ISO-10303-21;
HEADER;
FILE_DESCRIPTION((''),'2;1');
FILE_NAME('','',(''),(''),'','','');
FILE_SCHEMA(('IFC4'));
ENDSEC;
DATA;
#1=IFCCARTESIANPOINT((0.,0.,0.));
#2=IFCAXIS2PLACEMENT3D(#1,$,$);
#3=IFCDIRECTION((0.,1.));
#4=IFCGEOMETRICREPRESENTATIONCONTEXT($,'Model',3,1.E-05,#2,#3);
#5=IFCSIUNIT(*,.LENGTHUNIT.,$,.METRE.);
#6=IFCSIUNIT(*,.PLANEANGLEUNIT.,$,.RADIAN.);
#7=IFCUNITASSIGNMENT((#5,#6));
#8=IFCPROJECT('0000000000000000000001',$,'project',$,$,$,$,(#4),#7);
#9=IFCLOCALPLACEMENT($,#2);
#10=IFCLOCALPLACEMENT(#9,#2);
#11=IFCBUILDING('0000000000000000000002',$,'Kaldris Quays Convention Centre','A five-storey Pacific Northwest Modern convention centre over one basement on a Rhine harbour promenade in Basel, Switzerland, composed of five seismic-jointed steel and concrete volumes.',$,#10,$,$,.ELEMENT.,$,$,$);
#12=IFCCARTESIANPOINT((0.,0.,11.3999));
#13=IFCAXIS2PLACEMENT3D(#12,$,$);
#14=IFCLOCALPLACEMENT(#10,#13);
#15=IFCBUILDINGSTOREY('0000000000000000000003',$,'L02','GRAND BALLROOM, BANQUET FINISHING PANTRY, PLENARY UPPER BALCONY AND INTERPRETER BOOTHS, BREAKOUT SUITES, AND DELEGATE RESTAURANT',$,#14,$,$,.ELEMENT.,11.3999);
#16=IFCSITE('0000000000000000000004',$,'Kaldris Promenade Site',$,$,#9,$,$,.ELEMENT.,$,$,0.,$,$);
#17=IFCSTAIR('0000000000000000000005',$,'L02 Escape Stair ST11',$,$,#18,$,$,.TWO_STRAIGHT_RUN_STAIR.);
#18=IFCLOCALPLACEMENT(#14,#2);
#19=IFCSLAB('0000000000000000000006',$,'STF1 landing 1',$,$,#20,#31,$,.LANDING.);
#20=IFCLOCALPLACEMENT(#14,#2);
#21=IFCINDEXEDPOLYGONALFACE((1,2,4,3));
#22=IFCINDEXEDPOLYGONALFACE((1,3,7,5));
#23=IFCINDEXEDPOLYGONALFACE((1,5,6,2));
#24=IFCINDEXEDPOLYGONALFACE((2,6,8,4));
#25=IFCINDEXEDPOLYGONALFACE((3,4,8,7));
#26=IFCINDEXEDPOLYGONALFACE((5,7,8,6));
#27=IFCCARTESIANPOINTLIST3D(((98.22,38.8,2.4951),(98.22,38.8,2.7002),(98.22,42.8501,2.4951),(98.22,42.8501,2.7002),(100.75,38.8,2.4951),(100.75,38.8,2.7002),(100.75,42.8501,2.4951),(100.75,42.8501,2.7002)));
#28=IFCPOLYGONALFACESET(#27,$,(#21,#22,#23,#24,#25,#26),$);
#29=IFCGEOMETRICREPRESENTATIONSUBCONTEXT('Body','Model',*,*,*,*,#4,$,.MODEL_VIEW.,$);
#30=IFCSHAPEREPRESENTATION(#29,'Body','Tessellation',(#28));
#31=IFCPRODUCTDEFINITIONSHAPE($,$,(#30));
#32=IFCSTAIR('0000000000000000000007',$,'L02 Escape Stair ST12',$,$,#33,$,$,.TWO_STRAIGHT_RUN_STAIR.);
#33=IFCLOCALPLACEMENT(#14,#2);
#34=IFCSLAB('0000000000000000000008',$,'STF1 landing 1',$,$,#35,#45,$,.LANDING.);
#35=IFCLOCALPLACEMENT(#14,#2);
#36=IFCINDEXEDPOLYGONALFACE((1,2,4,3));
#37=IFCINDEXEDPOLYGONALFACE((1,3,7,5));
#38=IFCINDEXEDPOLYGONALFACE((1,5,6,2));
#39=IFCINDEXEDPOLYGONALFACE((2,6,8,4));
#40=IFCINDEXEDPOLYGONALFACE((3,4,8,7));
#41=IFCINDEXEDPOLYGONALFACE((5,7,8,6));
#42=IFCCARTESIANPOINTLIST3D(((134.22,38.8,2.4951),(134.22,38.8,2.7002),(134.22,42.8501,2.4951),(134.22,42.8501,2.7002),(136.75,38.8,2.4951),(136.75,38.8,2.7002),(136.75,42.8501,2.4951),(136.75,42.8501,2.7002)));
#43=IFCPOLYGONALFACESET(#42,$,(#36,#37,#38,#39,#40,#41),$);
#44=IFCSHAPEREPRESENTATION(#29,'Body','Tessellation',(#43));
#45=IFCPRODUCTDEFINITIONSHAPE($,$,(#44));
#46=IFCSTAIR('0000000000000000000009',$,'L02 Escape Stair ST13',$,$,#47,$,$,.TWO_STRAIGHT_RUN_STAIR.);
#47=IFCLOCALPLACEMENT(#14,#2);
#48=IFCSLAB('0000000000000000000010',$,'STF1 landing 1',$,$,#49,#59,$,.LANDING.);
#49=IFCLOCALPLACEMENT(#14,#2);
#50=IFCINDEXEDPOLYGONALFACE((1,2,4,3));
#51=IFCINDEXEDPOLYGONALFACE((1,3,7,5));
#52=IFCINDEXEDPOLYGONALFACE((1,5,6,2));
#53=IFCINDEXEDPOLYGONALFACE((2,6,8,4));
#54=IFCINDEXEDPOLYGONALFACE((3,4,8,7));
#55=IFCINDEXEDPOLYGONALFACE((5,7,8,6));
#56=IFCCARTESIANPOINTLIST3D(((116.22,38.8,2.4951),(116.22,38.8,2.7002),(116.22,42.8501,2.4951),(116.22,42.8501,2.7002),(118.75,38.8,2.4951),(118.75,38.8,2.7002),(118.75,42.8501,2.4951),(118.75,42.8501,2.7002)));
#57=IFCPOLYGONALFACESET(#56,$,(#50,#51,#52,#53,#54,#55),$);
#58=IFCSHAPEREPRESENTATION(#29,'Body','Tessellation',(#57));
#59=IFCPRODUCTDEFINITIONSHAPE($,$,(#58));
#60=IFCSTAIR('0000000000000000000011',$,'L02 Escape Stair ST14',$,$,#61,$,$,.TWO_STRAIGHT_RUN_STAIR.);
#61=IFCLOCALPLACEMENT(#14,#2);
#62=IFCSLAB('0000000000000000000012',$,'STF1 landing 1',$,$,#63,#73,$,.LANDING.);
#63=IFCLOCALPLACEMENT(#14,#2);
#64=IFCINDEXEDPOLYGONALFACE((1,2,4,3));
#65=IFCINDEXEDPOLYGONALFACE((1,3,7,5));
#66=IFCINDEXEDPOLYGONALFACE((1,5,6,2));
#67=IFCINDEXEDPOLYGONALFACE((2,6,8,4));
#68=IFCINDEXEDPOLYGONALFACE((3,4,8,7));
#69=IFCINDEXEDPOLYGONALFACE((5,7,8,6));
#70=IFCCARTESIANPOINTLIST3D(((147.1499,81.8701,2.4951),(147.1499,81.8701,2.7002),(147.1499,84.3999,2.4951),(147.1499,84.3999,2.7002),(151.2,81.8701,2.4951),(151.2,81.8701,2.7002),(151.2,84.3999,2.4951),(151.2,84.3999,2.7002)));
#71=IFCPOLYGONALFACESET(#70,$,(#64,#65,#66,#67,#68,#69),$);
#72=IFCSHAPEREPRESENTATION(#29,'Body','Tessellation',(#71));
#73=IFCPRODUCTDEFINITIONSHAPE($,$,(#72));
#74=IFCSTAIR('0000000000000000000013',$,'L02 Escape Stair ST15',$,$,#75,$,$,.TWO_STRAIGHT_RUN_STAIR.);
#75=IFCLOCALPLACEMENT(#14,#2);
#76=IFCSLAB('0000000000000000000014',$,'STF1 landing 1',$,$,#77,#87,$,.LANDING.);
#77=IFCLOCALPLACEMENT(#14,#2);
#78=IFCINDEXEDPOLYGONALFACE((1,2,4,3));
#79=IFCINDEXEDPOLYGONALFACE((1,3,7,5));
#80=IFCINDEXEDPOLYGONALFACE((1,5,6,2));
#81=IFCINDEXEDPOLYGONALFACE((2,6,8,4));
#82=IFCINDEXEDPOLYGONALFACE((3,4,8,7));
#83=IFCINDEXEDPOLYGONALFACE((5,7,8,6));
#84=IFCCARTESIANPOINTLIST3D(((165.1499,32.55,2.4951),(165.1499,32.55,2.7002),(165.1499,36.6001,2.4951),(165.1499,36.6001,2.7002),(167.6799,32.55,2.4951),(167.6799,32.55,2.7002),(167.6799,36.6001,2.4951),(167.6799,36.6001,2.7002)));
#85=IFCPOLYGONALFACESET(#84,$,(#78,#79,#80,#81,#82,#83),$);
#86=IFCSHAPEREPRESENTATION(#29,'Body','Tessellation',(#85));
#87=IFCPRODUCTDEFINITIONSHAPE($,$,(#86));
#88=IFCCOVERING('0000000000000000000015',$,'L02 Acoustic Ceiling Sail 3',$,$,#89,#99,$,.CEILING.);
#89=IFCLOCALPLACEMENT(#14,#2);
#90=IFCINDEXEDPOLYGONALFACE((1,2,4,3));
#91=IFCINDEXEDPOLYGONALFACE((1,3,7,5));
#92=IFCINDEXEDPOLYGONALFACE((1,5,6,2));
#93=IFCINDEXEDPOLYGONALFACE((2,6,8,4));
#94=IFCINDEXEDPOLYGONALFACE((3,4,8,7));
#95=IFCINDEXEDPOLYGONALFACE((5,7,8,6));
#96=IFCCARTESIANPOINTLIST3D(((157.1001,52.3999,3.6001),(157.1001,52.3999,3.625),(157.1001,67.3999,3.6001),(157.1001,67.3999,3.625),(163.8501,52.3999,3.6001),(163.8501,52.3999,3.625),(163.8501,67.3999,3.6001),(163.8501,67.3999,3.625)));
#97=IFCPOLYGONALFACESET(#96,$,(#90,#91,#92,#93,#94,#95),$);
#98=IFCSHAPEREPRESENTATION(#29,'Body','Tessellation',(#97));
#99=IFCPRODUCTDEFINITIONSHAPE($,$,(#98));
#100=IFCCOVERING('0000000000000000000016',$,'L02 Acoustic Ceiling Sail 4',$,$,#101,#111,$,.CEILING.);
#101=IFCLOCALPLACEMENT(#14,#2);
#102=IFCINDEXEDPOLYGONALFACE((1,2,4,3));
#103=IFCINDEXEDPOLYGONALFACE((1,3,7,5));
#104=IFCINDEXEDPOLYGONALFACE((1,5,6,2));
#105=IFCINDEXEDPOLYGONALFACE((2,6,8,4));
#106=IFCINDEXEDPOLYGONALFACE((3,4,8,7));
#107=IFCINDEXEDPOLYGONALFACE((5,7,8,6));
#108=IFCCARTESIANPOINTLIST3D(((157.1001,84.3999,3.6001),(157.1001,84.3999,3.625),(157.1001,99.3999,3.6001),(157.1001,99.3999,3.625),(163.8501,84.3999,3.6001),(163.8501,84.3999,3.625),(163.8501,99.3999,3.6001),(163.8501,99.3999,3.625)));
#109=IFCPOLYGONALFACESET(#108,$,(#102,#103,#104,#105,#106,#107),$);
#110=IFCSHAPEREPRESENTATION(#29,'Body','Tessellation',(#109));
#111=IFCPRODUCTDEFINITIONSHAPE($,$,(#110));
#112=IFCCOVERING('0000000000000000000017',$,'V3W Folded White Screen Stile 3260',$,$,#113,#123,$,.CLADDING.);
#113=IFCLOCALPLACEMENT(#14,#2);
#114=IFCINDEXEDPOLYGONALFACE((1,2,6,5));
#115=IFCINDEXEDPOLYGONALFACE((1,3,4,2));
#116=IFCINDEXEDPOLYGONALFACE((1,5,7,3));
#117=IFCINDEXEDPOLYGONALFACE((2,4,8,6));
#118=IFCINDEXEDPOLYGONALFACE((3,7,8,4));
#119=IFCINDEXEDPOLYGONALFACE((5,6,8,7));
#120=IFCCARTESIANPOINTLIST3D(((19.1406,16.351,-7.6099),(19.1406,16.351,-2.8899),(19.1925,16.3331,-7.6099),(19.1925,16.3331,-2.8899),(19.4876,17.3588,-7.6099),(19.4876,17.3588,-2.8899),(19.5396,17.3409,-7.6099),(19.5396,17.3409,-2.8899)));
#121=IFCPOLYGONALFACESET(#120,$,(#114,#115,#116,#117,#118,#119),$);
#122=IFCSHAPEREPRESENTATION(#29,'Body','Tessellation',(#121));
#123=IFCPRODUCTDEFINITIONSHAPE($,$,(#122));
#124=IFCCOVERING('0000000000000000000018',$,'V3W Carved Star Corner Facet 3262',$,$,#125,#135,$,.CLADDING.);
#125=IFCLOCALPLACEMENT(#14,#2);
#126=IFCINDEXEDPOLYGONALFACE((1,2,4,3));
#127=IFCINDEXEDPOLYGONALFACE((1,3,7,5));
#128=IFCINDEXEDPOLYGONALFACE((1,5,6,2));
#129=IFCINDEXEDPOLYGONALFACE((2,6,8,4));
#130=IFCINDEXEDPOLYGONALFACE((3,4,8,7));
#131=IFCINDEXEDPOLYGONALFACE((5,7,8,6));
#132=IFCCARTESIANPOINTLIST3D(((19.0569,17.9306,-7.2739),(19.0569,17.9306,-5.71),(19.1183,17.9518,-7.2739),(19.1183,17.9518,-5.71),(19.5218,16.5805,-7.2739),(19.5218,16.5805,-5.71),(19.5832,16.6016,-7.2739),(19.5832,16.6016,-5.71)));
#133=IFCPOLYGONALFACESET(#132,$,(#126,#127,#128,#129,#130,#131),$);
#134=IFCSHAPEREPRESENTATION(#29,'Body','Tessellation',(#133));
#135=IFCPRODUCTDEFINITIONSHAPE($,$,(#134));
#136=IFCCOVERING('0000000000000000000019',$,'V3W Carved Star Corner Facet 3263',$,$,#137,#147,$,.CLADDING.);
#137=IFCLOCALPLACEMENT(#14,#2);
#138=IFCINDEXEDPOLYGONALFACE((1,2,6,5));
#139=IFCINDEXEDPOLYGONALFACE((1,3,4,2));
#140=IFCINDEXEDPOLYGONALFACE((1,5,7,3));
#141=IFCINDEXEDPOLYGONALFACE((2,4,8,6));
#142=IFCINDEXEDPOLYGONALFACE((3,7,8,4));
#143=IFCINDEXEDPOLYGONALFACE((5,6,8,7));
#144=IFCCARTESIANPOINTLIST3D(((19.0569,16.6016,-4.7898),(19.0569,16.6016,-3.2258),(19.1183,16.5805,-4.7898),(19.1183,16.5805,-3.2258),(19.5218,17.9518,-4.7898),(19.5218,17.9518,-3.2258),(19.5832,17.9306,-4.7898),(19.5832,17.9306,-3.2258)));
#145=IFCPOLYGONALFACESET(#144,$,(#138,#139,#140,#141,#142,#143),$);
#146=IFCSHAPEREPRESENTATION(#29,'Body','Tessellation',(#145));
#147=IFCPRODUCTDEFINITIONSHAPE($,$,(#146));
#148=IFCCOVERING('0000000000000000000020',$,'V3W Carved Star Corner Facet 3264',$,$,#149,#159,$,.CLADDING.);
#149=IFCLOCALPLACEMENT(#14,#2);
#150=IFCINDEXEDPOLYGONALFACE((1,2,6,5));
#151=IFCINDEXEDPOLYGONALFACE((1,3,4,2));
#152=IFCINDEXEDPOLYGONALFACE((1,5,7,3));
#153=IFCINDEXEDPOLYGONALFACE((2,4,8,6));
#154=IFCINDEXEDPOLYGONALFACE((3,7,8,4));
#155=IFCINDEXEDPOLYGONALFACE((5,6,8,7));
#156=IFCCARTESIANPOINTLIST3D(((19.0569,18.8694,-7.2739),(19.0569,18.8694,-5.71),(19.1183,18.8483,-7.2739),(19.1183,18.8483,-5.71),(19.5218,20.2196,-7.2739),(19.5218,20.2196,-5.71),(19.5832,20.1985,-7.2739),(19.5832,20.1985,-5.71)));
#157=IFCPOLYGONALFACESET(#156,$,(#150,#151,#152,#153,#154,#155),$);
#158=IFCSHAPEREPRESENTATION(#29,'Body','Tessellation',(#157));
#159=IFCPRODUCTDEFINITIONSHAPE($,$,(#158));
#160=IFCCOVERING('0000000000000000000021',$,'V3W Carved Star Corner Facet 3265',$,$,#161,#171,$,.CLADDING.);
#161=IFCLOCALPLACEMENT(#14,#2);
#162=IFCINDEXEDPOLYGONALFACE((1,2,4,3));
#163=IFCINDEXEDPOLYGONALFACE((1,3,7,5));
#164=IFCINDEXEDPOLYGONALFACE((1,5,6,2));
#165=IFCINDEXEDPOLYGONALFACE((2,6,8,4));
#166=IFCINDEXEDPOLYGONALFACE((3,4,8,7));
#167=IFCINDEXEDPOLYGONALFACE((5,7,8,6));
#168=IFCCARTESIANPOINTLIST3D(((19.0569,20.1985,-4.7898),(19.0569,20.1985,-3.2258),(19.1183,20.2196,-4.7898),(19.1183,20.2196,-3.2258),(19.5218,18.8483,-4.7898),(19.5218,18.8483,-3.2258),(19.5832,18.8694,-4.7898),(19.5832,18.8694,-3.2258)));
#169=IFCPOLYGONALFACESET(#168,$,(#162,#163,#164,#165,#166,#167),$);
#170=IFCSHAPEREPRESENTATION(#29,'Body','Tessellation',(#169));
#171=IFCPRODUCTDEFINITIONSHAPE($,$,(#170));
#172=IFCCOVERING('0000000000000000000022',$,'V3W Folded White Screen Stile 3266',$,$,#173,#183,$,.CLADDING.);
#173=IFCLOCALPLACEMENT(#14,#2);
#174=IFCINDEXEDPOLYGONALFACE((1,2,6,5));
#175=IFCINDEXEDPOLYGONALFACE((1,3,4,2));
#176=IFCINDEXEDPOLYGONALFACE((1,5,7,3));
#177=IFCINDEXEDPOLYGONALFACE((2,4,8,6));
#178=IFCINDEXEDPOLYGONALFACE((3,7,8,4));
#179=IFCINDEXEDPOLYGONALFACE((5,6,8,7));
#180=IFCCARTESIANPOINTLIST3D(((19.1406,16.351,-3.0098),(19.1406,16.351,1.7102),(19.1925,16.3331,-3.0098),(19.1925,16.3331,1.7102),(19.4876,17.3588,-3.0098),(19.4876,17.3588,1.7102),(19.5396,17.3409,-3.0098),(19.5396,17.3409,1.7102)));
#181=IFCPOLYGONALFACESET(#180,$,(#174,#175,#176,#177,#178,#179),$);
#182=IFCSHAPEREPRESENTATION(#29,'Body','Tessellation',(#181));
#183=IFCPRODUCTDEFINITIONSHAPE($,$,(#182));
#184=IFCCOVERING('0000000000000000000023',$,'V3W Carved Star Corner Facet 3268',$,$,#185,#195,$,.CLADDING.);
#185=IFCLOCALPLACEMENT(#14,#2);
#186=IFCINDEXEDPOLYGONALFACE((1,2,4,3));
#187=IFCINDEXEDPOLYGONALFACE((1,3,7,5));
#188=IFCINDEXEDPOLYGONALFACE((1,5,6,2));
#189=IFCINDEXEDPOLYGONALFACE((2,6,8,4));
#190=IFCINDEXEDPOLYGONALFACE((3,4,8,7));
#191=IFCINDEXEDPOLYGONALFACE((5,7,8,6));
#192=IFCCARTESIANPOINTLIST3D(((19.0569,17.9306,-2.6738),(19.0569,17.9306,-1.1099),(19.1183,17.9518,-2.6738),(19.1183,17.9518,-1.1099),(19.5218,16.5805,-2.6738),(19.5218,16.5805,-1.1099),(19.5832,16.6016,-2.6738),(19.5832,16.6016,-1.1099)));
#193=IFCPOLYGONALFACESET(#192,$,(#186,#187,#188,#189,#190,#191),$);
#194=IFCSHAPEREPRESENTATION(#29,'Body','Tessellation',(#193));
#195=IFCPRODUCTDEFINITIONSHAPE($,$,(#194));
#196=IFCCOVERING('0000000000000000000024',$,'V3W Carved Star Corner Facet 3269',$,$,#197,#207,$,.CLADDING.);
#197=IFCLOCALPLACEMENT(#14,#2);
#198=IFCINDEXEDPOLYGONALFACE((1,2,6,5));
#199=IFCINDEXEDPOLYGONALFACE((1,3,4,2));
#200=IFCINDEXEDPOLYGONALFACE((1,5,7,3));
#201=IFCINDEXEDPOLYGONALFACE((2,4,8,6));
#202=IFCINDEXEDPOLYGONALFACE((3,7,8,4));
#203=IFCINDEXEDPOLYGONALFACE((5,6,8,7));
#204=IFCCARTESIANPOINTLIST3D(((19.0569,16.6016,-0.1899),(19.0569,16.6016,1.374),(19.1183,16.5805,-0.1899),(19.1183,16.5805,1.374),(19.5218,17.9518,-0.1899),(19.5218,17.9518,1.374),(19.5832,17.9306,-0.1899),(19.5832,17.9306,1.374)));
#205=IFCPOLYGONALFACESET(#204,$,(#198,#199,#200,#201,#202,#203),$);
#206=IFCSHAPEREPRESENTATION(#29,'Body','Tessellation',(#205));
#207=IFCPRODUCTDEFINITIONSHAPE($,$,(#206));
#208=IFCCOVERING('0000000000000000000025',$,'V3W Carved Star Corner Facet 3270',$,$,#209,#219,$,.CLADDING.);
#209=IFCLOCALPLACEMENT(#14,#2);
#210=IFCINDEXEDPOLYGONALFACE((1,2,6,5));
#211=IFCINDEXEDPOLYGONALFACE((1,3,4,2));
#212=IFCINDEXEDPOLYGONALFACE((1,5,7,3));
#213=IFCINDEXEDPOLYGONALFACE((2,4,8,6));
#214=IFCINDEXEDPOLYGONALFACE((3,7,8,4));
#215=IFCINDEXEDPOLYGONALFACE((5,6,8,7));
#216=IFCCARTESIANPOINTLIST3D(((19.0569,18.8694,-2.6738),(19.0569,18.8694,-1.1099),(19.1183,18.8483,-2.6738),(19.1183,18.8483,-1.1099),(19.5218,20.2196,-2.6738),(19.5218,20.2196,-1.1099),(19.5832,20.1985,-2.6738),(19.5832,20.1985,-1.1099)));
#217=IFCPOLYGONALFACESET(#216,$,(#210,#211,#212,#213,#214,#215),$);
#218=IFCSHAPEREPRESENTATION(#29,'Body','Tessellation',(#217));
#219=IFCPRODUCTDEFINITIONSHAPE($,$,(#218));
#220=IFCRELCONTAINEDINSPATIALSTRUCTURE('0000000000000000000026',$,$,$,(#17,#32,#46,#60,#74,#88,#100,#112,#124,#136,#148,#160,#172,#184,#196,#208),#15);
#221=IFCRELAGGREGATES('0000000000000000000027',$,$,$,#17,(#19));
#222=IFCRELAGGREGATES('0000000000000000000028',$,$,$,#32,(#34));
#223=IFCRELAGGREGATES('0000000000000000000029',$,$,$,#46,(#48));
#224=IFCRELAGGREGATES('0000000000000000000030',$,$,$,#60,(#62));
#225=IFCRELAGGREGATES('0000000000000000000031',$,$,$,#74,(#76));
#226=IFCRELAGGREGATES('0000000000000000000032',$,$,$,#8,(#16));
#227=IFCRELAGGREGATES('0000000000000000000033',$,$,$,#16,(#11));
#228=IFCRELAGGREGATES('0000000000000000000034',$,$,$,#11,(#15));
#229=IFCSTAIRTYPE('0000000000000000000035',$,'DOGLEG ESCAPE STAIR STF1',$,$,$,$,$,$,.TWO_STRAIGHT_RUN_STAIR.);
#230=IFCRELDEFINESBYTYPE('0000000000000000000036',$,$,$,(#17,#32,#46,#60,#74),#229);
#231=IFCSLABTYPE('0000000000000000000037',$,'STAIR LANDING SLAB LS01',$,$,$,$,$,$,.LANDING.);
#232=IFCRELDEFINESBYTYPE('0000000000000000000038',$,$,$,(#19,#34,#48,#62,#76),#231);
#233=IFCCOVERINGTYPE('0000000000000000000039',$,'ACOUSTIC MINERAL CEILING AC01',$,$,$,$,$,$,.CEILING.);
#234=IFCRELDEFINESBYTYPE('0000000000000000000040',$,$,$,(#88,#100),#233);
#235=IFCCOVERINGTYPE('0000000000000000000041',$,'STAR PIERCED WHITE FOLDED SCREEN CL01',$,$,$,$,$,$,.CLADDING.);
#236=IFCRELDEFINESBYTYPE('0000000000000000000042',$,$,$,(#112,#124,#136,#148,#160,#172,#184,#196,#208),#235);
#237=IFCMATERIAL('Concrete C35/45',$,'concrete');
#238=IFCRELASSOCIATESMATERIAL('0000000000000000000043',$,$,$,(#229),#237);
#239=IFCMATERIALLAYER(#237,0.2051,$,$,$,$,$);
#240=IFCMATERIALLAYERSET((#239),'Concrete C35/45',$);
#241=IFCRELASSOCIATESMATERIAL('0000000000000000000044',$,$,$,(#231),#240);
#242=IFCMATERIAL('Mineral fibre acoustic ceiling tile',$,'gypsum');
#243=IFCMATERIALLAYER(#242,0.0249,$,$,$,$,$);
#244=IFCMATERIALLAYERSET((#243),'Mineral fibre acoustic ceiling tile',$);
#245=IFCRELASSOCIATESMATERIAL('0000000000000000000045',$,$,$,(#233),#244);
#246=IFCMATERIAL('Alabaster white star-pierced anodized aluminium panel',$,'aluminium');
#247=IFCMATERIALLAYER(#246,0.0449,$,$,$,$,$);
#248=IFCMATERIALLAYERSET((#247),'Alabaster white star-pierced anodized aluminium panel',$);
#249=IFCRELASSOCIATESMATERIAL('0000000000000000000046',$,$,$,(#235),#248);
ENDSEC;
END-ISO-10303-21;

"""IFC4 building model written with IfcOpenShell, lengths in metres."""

from ifc_helpers import new_model, si_unit, direction, frame, origin, origin_2d, place, context, subcontext, project, spatial, polyline, rectangle, outline, extrude, material, layer, layer_set, type_object, element, aggregate, save


model = new_model("IFC4")

# Units and contexts
model_context = context("Model", 3, precision=1e-05, world=origin(), true_north=direction((0.0, 1.0)))
body_context = subcontext(model_context, "Body", "Model", "MODEL_VIEW")
ifc_project = project(units=[si_unit("LENGTHUNIT", "METRE"), si_unit("PLANEANGLEUNIT", "RADIAN")], contexts=[model_context])

# Site, building, storey
site_placement = place(None, origin())
site = spatial("IfcSite", under=ifc_project, at=site_placement, Name="Kaldris Promenade Site", CompositionType="ELEMENT", RefElevation=0.0)
building_placement = place(site_placement, origin())
building = spatial("IfcBuilding", under=site, at=building_placement, Name="Kaldris Quays Convention Centre", Description="A five-storey Pacific Northwest Modern convention centre over one basement on a Rhine harbour promenade in Basel, Switzerland, composed of five seismic-jointed steel and concrete volumes.", CompositionType="ELEMENT")
storey_placement = place(building_placement, frame((0.0, 0.0, 11.3999)))
storey = spatial("IfcBuildingStorey", under=building, at=storey_placement, Name="L02", Description="GRAND BALLROOM, BANQUET FINISHING PANTRY, PLENARY UPPER BALCONY AND INTERPRETER BOOTHS, BREAKOUT SUITES, AND DELEGATE RESTAURANT", CompositionType="ELEMENT", Elevation=11.3999)

# Stairs, slabs
ifc_material_1 = material(Name="Concrete C35/45", Category="concrete")
stair_type = type_object("IfcStairType", Name="DOGLEG ESCAPE STAIR STF1", PredefinedType="TWO_STRAIGHT_RUN_STAIR", material=ifc_material_1)
stair_1_placement = place(storey_placement, origin())
stair_1 = element("IfcStair", 1, at=stair_1_placement, inside=storey, type_object=stair_type, Name="L02 Escape Stair ST11", PredefinedType="TWO_STRAIGHT_RUN_STAIR")
ifc_layer_1 = layer(ifc_material_1, 0.2051)
ifc_layer_set_1 = layer_set([ifc_layer_1], Name="Concrete C35/45")
slab_type = type_object("IfcSlabType", Name="STAIR LANDING SLAB LS01", PredefinedType="LANDING", material=ifc_layer_set_1)
slab_1_placement = place(storey_placement, frame((0.0, 0.0, 2.4951)))
slab_1 = element("IfcSlab", 2, at=slab_1_placement, type_object=slab_type, Name="STF1 landing 1", PredefinedType="LANDING", context=body_context, shape_type="SweptSolid", body=[
    extrude(outline(polyline([(98.22, 38.8), (100.75, 38.8), (100.75, 42.8501), (98.22, 42.8501), (98.22, 38.8)])), origin(), (0.0, 0.0, 1.0), 0.2051),
])
aggregate(stair_1, [slab_1])
stair_2_placement = place(storey_placement, origin())
stair_2 = element("IfcStair", 3, at=stair_2_placement, inside=storey, type_object=stair_type, Name="L02 Escape Stair ST12", PredefinedType="TWO_STRAIGHT_RUN_STAIR")
slab_2_placement = place(storey_placement, frame((0.0, 0.0, 2.4951)))
slab_2 = element("IfcSlab", 4, at=slab_2_placement, type_object=slab_type, Name="STF1 landing 1", PredefinedType="LANDING", context=body_context, shape_type="SweptSolid", body=[
    extrude(outline(polyline([(134.22, 38.8), (136.75, 38.8), (136.75, 42.8501), (134.22, 42.8501), (134.22, 38.8)])), origin(), (0.0, 0.0, 1.0), 0.2051),
])
aggregate(stair_2, [slab_2])
stair_3_placement = place(storey_placement, origin())
stair_3 = element("IfcStair", 5, at=stair_3_placement, inside=storey, type_object=stair_type, Name="L02 Escape Stair ST13", PredefinedType="TWO_STRAIGHT_RUN_STAIR")
slab_3_placement = place(storey_placement, frame((0.0, 0.0, 2.4951)))
slab_3 = element("IfcSlab", 6, at=slab_3_placement, type_object=slab_type, Name="STF1 landing 1", PredefinedType="LANDING", context=body_context, shape_type="SweptSolid", body=[
    extrude(outline(polyline([(116.22, 38.8), (118.75, 38.8), (118.75, 42.8501), (116.22, 42.8501), (116.22, 38.8)])), origin(), (0.0, 0.0, 1.0), 0.2051),
])
aggregate(stair_3, [slab_3])
stair_4_placement = place(storey_placement, origin())
stair_4 = element("IfcStair", 7, at=stair_4_placement, inside=storey, type_object=stair_type, Name="L02 Escape Stair ST14", PredefinedType="TWO_STRAIGHT_RUN_STAIR")
slab_4_placement = place(storey_placement, frame((0.0, 0.0, 2.4951)))
slab_4 = element("IfcSlab", 8, at=slab_4_placement, type_object=slab_type, Name="STF1 landing 1", PredefinedType="LANDING", context=body_context, shape_type="SweptSolid", body=[
    extrude(outline(polyline([(151.2, 81.8701), (151.2, 84.3999), (147.1499, 84.3999), (147.1499, 81.8701), (151.2, 81.8701)])), origin(), (0.0, 0.0, 1.0), 0.2051),
])
aggregate(stair_4, [slab_4])
stair_5_placement = place(storey_placement, origin())
stair_5 = element("IfcStair", 9, at=stair_5_placement, inside=storey, type_object=stair_type, Name="L02 Escape Stair ST15", PredefinedType="TWO_STRAIGHT_RUN_STAIR")
slab_5_placement = place(storey_placement, frame((0.0, 0.0, 2.4951)))
slab_5 = element("IfcSlab", 10, at=slab_5_placement, type_object=slab_type, Name="STF1 landing 1", PredefinedType="LANDING", context=body_context, shape_type="SweptSolid", body=[
    extrude(outline(polyline([(167.6799, 36.6001), (165.1499, 36.6001), (165.1499, 32.55), (167.6799, 32.55), (167.6799, 36.6001)])), origin(), (0.0, 0.0, 1.0), 0.2051),
])
aggregate(stair_5, [slab_5])

# Coverings
ifc_material_2 = material(Name="Mineral fibre acoustic ceiling tile", Category="gypsum")
ifc_layer_2 = layer(ifc_material_2, 0.0249)
ifc_layer_set_2 = layer_set([ifc_layer_2], Name="Mineral fibre acoustic ceiling tile")
covering_type_1 = type_object("IfcCoveringType", Name="ACOUSTIC MINERAL CEILING AC01", PredefinedType="CEILING", material=ifc_layer_set_2)
covering_1_placement = place(storey_placement, frame((0.0, 0.0, 3.6001)))
element("IfcCovering", 11, at=covering_1_placement, inside=storey, type_object=covering_type_1, Name="L02 Acoustic Ceiling Sail 3", PredefinedType="CEILING", context=body_context, shape_type="SweptSolid", body=[
    extrude(outline(polyline([(157.1001, 52.3999), (163.8501, 52.3999), (163.8501, 67.3999), (157.1001, 67.3999), (157.1001, 52.3999)])), origin(), (0.0, 0.0, 1.0), 0.0249),
])
covering_2_placement = place(storey_placement, frame((0.0, 0.0, 3.6001)))
element("IfcCovering", 12, at=covering_2_placement, inside=storey, type_object=covering_type_1, Name="L02 Acoustic Ceiling Sail 4", PredefinedType="CEILING", context=body_context, shape_type="SweptSolid", body=[
    extrude(outline(polyline([(157.1001, 84.3999), (163.8501, 84.3999), (163.8501, 99.3999), (157.1001, 99.3999), (157.1001, 84.3999)])), origin(), (0.0, 0.0, 1.0), 0.0249),
])
ifc_material_3 = material(Name="Alabaster white star-pierced anodized aluminium panel", Category="aluminium")
ifc_layer_3 = layer(ifc_material_3, 0.0449)
ifc_layer_set_3 = layer_set([ifc_layer_3], Name="Alabaster white star-pierced anodized aluminium panel")
covering_type_2 = type_object("IfcCoveringType", Name="STAR PIERCED WHITE FOLDED SCREEN CL01", PredefinedType="CLADDING", material=ifc_layer_set_3)
covering_3_placement = place(storey_placement, frame((19.3401, 16.8459, -7.6099), z_axis=(0.0, 0.0, 1.0), x_axis=(0.325568, 0.945519, 0.0)))
element("IfcCovering", 13, at=covering_3_placement, inside=storey, type_object=covering_type_2, Name="V3W Folded White Screen Stile 3260", PredefinedType="CLADDING", context=body_context, shape_type="SweptSolid", body=[
    extrude(rectangle(XDim=1.0659, YDim=0.0549, at=origin_2d()), origin(), (0.0, 0.0, 1.0), 4.72),
])
for number, where, z_axis, x_axis, name in (
    (14, (19.3201, 17.2661, -7.2739), (0.0, 0.0, 1.0), (-0.325568, 0.945519, 0.0), "V3W Carved Star Corner Facet 3262"),
    (15, (19.3201, 17.2661, -4.7898), (0.0, 0.0, 1.0), (0.325568, 0.945519, 0.0), "V3W Carved Star Corner Facet 3263"),
    (16, (19.3201, 19.5339, -7.2739), (0.0, 0.0, 1.0), (0.325568, 0.945519, 0.0), "V3W Carved Star Corner Facet 3264"),
    (17, (19.3201, 19.5339, -4.7898), (0.0, 0.0, 1.0), (-0.325568, 0.945519, 0.0), "V3W Carved Star Corner Facet 3265"),
):
    element("IfcCovering", number, at=place(storey_placement, frame(where, z_axis=z_axis, x_axis=x_axis)), inside=storey, type_object=covering_type_2, Name=name, PredefinedType="CLADDING", context=body_context, shape_type="SweptSolid", body=[
        extrude(rectangle(XDim=1.428, YDim=0.0649, at=origin_2d()), origin(), (0.0, 0.0, 1.0), 1.564),
    ])
covering_4_placement = place(storey_placement, frame((19.3401, 16.8459, -3.0098), z_axis=(0.0, 0.0, 1.0), x_axis=(0.325568, 0.945519, 0.0)))
element("IfcCovering", 18, at=covering_4_placement, inside=storey, type_object=covering_type_2, Name="V3W Folded White Screen Stile 3266", PredefinedType="CLADDING", context=body_context, shape_type="SweptSolid", body=[
    extrude(rectangle(XDim=1.0659, YDim=0.0549, at=origin_2d()), origin(), (0.0, 0.0, 1.0), 4.72),
])
for number, where, z_axis, x_axis, name in (
    (19, (19.3201, 17.2661, -2.6738), (0.0, 0.0, 1.0), (-0.325568, 0.945519, 0.0), "V3W Carved Star Corner Facet 3268"),
    (20, (19.3201, 17.2661, -0.1899), (0.0, 0.0, 1.0), (0.325568, 0.945519, 0.0), "V3W Carved Star Corner Facet 3269"),
    (21, (19.3201, 19.5339, -2.6738), (0.0, 0.0, 1.0), (0.325568, 0.945519, 0.0), "V3W Carved Star Corner Facet 3270"),
):
    element("IfcCovering", number, at=place(storey_placement, frame(where, z_axis=z_axis, x_axis=x_axis)), inside=storey, type_object=covering_type_2, Name=name, PredefinedType="CLADDING", context=body_context, shape_type="SweptSolid", body=[
        extrude(rectangle(XDim=1.428, YDim=0.0649, at=origin_2d()), origin(), (0.0, 0.0, 1.0), 1.564),
    ])

save(model, "model.ifc")
